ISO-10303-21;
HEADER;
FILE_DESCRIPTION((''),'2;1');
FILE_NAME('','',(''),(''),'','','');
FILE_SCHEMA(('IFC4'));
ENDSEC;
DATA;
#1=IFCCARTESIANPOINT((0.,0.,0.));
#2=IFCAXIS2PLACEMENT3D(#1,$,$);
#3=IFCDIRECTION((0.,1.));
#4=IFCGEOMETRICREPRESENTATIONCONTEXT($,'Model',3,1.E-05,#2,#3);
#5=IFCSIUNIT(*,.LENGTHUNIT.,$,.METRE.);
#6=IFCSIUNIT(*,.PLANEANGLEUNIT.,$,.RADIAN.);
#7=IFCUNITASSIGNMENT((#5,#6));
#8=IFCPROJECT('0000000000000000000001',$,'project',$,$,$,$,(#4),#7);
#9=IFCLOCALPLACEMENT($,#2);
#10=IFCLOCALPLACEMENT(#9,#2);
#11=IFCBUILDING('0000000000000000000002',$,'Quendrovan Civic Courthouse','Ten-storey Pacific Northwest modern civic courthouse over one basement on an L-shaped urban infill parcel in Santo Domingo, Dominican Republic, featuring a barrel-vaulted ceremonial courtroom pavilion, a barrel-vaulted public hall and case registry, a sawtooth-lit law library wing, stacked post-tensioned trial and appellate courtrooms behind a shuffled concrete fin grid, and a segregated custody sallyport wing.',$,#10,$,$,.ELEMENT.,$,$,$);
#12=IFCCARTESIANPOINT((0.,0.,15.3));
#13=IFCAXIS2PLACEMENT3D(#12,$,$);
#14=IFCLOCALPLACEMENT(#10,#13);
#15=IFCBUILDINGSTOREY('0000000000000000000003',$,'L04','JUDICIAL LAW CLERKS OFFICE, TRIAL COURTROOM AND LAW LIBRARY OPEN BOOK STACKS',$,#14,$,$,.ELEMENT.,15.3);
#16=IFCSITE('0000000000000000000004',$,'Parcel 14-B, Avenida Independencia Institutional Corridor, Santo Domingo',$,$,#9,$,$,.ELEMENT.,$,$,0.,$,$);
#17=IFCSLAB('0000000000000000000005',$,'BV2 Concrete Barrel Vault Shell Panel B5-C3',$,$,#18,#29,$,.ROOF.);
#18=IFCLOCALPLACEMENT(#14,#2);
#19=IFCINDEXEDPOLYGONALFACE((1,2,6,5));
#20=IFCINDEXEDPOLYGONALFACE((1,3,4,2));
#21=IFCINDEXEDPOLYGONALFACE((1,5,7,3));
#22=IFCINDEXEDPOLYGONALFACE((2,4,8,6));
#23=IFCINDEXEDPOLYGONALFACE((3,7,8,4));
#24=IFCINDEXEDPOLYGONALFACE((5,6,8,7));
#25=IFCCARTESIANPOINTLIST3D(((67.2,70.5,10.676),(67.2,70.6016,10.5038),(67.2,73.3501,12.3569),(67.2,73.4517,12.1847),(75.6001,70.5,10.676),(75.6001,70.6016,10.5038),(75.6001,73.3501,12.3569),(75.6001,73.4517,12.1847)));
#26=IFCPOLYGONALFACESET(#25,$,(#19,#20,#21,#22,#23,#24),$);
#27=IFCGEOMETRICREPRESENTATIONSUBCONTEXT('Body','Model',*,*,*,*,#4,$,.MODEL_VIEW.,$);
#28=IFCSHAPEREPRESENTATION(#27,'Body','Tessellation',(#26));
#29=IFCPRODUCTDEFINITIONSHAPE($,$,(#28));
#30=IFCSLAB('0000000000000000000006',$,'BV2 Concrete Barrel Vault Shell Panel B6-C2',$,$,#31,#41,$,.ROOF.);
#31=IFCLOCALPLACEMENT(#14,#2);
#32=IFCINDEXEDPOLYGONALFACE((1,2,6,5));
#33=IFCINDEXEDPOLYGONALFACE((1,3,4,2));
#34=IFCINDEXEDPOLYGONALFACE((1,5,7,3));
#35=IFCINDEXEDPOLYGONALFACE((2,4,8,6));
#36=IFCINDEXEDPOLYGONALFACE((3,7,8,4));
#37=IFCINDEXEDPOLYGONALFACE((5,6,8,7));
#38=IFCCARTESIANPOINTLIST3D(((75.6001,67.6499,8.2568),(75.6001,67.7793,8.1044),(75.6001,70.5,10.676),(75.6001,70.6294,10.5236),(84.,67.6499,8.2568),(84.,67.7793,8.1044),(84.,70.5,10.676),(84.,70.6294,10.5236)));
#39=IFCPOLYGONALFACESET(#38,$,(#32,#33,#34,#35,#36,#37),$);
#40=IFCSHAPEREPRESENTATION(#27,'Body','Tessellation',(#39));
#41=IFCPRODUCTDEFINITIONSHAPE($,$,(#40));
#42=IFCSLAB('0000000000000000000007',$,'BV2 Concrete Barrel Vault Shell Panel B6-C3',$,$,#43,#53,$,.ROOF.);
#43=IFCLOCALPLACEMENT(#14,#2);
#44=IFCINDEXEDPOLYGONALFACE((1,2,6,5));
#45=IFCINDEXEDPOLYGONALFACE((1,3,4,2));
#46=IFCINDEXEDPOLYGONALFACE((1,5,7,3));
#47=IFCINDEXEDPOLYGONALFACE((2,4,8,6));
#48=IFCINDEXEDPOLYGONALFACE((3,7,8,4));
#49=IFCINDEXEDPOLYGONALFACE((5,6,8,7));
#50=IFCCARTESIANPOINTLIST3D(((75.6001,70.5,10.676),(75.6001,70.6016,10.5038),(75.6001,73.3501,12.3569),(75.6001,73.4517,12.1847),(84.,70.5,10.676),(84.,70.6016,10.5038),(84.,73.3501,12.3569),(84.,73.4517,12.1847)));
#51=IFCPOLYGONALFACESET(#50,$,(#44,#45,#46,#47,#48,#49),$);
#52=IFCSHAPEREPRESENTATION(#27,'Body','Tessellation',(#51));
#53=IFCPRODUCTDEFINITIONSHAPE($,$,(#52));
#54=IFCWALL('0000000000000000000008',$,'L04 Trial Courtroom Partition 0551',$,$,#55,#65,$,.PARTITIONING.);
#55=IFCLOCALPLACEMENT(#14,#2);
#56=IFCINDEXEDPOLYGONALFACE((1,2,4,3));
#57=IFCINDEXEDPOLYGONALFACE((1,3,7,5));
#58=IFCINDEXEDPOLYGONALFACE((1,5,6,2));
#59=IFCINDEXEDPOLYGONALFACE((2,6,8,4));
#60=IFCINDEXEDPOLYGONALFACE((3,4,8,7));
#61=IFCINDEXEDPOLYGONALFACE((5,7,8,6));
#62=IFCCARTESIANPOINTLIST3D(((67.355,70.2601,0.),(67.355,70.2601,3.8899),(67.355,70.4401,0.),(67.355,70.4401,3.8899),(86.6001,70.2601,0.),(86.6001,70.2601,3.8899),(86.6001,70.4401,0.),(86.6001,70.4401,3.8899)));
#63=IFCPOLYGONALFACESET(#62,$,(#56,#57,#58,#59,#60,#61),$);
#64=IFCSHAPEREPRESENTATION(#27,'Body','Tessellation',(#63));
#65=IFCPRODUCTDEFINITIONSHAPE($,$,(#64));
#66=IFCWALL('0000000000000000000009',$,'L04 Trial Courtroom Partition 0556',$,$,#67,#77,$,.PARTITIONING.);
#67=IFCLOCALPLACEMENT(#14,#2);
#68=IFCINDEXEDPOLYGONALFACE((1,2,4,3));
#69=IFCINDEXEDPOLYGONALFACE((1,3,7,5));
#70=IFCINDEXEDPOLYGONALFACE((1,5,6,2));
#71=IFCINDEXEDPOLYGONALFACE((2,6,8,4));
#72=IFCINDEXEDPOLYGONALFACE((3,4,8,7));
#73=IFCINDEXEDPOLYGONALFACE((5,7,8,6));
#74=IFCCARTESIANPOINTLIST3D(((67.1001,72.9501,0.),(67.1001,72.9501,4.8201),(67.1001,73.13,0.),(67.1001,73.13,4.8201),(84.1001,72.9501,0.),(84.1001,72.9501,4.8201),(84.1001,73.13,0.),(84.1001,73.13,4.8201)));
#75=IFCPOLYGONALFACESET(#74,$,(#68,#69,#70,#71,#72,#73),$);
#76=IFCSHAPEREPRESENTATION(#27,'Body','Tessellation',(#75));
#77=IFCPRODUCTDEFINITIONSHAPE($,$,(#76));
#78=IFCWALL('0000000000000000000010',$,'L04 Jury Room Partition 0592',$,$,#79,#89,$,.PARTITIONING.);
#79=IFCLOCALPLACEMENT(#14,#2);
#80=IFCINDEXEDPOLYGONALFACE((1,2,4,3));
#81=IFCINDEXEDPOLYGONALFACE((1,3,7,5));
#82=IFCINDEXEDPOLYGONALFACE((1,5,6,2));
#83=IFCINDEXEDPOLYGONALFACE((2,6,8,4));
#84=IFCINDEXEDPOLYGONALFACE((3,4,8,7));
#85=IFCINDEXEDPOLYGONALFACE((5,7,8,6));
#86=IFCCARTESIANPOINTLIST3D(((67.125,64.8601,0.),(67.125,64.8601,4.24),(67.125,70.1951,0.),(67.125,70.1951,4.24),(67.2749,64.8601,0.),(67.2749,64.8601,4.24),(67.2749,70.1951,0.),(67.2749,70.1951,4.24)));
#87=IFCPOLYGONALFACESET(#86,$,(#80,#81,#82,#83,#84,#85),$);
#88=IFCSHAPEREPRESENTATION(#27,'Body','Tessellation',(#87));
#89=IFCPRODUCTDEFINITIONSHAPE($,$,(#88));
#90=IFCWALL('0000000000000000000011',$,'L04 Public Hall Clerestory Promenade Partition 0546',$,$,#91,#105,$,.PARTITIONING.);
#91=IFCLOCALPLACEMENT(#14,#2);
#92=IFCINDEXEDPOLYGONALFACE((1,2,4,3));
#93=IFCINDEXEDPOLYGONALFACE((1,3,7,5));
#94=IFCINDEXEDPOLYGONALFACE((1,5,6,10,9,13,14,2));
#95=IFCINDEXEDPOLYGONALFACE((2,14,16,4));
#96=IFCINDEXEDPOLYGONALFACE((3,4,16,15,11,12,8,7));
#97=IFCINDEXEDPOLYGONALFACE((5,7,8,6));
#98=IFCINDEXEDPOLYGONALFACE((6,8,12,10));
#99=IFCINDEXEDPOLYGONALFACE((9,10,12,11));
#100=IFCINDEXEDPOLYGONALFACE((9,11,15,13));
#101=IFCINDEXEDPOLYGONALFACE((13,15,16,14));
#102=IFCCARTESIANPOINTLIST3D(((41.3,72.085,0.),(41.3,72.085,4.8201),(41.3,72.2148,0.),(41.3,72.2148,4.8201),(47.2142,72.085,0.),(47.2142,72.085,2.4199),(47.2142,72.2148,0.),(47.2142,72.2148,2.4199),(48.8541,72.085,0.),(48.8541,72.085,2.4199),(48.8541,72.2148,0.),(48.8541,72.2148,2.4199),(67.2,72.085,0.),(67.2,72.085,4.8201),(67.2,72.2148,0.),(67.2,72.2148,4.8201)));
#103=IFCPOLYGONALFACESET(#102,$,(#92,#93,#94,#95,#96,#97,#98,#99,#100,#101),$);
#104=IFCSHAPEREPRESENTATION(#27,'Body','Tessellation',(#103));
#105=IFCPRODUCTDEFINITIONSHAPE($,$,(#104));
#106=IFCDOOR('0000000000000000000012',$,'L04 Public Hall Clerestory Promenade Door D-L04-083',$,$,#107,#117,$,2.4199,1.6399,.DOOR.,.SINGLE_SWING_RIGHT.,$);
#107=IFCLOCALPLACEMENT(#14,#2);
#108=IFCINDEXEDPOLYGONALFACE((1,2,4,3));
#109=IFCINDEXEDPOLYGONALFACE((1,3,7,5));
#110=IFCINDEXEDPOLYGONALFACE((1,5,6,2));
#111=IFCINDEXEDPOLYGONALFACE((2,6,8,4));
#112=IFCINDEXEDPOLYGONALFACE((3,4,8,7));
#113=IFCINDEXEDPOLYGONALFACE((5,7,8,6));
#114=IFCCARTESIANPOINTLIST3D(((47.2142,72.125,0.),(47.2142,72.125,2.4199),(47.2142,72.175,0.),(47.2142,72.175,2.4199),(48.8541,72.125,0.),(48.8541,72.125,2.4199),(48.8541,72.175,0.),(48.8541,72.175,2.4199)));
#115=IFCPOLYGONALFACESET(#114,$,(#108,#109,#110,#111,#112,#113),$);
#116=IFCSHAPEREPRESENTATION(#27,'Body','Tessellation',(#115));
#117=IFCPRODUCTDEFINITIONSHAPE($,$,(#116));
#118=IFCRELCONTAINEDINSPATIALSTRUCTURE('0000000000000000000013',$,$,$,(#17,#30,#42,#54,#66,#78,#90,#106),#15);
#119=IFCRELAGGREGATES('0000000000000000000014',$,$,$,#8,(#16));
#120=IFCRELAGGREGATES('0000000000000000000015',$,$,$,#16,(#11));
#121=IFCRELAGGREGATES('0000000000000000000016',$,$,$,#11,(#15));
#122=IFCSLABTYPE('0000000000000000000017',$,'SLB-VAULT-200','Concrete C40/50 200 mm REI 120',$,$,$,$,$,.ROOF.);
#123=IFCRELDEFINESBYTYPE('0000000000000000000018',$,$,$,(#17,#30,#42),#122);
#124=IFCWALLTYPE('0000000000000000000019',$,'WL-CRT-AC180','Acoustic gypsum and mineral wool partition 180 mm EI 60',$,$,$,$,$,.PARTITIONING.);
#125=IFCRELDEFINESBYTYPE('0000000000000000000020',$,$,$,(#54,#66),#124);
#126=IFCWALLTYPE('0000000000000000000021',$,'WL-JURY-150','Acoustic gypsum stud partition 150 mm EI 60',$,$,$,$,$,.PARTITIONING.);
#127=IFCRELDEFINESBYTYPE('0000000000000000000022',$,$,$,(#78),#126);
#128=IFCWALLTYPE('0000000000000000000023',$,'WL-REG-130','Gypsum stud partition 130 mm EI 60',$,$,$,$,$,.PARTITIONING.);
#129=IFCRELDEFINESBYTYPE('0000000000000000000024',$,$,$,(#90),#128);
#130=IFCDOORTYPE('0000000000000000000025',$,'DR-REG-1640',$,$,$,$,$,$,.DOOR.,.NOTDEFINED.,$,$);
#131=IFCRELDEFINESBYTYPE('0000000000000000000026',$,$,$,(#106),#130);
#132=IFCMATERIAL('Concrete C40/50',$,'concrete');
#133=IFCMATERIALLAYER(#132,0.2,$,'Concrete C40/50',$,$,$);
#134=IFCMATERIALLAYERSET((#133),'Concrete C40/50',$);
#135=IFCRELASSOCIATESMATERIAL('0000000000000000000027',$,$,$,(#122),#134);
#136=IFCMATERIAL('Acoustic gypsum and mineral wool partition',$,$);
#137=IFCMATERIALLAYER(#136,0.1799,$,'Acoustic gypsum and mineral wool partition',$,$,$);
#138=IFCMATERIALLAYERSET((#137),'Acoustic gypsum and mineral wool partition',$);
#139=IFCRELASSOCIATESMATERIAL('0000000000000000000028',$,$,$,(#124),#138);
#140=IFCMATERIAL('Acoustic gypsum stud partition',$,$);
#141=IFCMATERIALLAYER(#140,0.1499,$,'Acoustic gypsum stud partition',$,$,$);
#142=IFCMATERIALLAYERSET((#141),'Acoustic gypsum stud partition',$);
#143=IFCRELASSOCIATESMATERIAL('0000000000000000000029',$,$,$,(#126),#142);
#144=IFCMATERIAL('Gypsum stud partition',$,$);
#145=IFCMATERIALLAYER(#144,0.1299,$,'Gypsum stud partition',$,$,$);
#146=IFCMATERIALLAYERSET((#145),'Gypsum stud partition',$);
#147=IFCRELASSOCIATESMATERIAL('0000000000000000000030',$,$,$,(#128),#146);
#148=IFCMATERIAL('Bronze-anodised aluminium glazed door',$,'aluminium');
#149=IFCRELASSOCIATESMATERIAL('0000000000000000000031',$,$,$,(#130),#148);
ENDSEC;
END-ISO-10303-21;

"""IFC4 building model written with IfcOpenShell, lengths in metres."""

from ifc_helpers import new_model, si_unit, direction, frame, frame_2d, origin, place, context, subcontext, project, spatial, polyline, rectangle, outline, extrude, material, layer, layer_set, type_object, element, fill, save


model = new_model("IFC4")

# Units and contexts
model_context = context("Model", 3, precision=1e-05, world=origin(), true_north=direction((0.0, 1.0)))
body_context = subcontext(model_context, "Body", "Model", "MODEL_VIEW")
ifc_project = project(units=[si_unit("LENGTHUNIT", "METRE"), si_unit("PLANEANGLEUNIT", "RADIAN")], contexts=[model_context])

# Site, building, storey
site_placement = place(None, origin())
site = spatial("IfcSite", under=ifc_project, at=site_placement, Name="Parcel 14-B, Avenida Independencia Institutional Corridor, Santo Domingo", CompositionType="ELEMENT", RefElevation=0.0)
building_placement = place(site_placement, origin())
building = spatial("IfcBuilding", under=site, at=building_placement, Name="Quendrovan Civic Courthouse", Description="Ten-storey Pacific Northwest modern civic courthouse over one basement on an L-shaped urban infill parcel in Santo Domingo, Dominican Republic, featuring a barrel-vaulted ceremonial courtroom pavilion, a barrel-vaulted public hall and case registry, a sawtooth-lit law library wing, stacked post-tensioned trial and appellate courtrooms behind a shuffled concrete fin grid, and a segregated custody sallyport wing.", CompositionType="ELEMENT")
storey_placement = place(building_placement, frame((0.0, 0.0, 15.3)))
storey = spatial("IfcBuildingStorey", under=building, at=storey_placement, Name="L04", Description="JUDICIAL LAW CLERKS OFFICE, TRIAL COURTROOM AND LAW LIBRARY OPEN BOOK STACKS", CompositionType="ELEMENT", Elevation=15.3)

# Shared definitions
ifc_material_1 = material(Name="Concrete C40/50", Category="concrete")

# Slabs
ifc_layer_1 = layer(ifc_material_1, 0.2, Name="Concrete C40/50")
ifc_layer_set_1 = layer_set([ifc_layer_1], Name="Concrete C40/50")
slab_type = type_object("IfcSlabType", Name="SLB-VAULT-200", Description="Concrete C40/50 200 mm REI 120", PredefinedType="ROOF", material=ifc_layer_set_1)
slab_1_placement = place(storey_placement, frame((67.2, 70.5, 10.676), z_axis=(0.0, -0.508003, 0.861355), x_axis=(1.0, 0.0, 0.0)))
element("IfcSlab", 1, at=slab_1_placement, inside=storey, type_object=slab_type, Name="BV2 Concrete Barrel Vault Shell Panel B5-C3", PredefinedType="ROOF", context=body_context, shape_type="SweptSolid", body=[
    extrude(outline(polyline([(0.0, 0.0), (8.4001, 0.0), (8.4001, 3.3089), (0.0, 3.3089), (0.0, 0.0)])), origin(), (0.0, 0.0, -1.0), 0.2),
])
slab_2_placement = place(storey_placement, frame((75.6001, 67.6499, 8.2568), z_axis=(0.0, -0.647121, 0.762387), x_axis=(1.0, 0.0, 0.0)))
element("IfcSlab", 2, at=slab_2_placement, inside=storey, type_object=slab_type, Name="BV2 Concrete Barrel Vault Shell Panel B6-C2", PredefinedType="ROOF", context=body_context, shape_type="SweptSolid", body=[
    extrude(outline(polyline([(0.0, 0.0), (8.3999, 0.0), (8.3999, 3.7384), (0.0, 3.7384), (0.0, 0.0)])), origin(), (0.0, 0.0, -1.0), 0.2),
])
slab_3_placement = place(storey_placement, frame((75.6001, 70.5, 10.676), z_axis=(0.0, -0.508003, 0.861355), x_axis=(1.0, 0.0, 0.0)))
element("IfcSlab", 3, at=slab_3_placement, inside=storey, type_object=slab_type, Name="BV2 Concrete Barrel Vault Shell Panel B6-C3", PredefinedType="ROOF", context=body_context, shape_type="SweptSolid", body=[
    extrude(outline(polyline([(0.0, 0.0), (8.3999, 0.0), (8.3999, 3.3089), (0.0, 3.3089), (0.0, 0.0)])), origin(), (0.0, 0.0, -1.0), 0.2),
])

# Walls
ifc_material_2 = material(Name="Acoustic gypsum and mineral wool partition")
ifc_layer_2 = layer(ifc_material_2, 0.1799, Name="Acoustic gypsum and mineral wool partition")
ifc_layer_set_2 = layer_set([ifc_layer_2], Name="Acoustic gypsum and mineral wool partition")
wall_type_1 = type_object("IfcWallType", Name="WL-CRT-AC180", Description="Acoustic gypsum and mineral wool partition 180 mm EI 60", PredefinedType="PARTITIONING", material=ifc_layer_set_2)
wall_1_placement = place(storey_placement, frame((67.355, 70.3501, 0.0), z_axis=(0.0, 0.0, 1.0), x_axis=(1.0, 0.0, 0.0)))
element("IfcWall", 4, at=wall_1_placement, inside=storey, type_object=wall_type_1, Name="L04 Trial Courtroom Partition 0551", PredefinedType="PARTITIONING", context=body_context, shape_type="SweptSolid", body=[
    extrude(rectangle(XDim=19.2451, YDim=0.1799, at=frame_2d((9.6226, 0.0))), origin(), (0.0, 0.0, 1.0), 3.8899),
])
wall_2_placement = place(storey_placement, frame((67.1001, 73.04, 0.0), z_axis=(0.0, 0.0, 1.0), x_axis=(1.0, 0.0, 0.0)))
element("IfcWall", 5, at=wall_2_placement, inside=storey, type_object=wall_type_1, Name="L04 Trial Courtroom Partition 0556", PredefinedType="PARTITIONING", context=body_context, shape_type="SweptSolid", body=[
    extrude(rectangle(XDim=17.0, YDim=0.1799, at=frame_2d((8.5, 0.0))), origin(), (0.0, 0.0, 1.0), 4.8201),
])
ifc_material_3 = material(Name="Acoustic gypsum stud partition")
ifc_layer_3 = layer(ifc_material_3, 0.1499, Name="Acoustic gypsum stud partition")
ifc_layer_set_3 = layer_set([ifc_layer_3], Name="Acoustic gypsum stud partition")
wall_type_2 = type_object("IfcWallType", Name="WL-JURY-150", Description="Acoustic gypsum stud partition 150 mm EI 60", PredefinedType="PARTITIONING", material=ifc_layer_set_3)
wall_3_placement = place(storey_placement, frame((67.2, 70.1951, 0.0), z_axis=(0.0, 0.0, 1.0), x_axis=(0.0, -1.0, 0.0)))
element("IfcWall", 6, at=wall_3_placement, inside=storey, type_object=wall_type_2, Name="L04 Jury Room Partition 0592", PredefinedType="PARTITIONING", context=body_context, shape_type="SweptSolid", body=[
    extrude(rectangle(XDim=5.335, YDim=0.1499, at=frame_2d((2.6675, 0.0))), origin(), (0.0, 0.0, 1.0), 4.24),
])

# Wall, opening, door
ifc_material_4 = material(Name="Gypsum stud partition")
ifc_layer_4 = layer(ifc_material_4, 0.1299, Name="Gypsum stud partition")
ifc_layer_set_4 = layer_set([ifc_layer_4], Name="Gypsum stud partition")
wall_type_3 = type_object("IfcWallType", Name="WL-REG-130", Description="Gypsum stud partition 130 mm EI 60", PredefinedType="PARTITIONING", material=ifc_layer_set_4)
wall_4_placement = place(storey_placement, frame((67.2, 72.1499, 0.0), z_axis=(0.0, 0.0, 1.0), x_axis=(-1.0, 0.0, 0.0)))
wall_4 = element("IfcWall", 7, at=wall_4_placement, inside=storey, type_object=wall_type_3, Name="L04 Public Hall Clerestory Promenade Partition 0546", PredefinedType="PARTITIONING", context=body_context, shape_type="SweptSolid", body=[
    extrude(rectangle(XDim=25.8999, YDim=0.1299, at=frame_2d((12.95, 0.0))), origin(), (0.0, 0.0, 1.0), 4.8201),
])
opening_placement = place(wall_4_placement, frame((18.3459, 0.0, 0.0)))
opening = element("IfcOpeningElement", 8, at=opening_placement, cuts=wall_4, PredefinedType="OPENING", context=body_context, shape_type="SweptSolid", body=[
    extrude(rectangle(XDim=1.6399, YDim=2.4199, at=frame_2d((0.8198, 1.21))), frame((0.0, 0.075, 0.0), z_axis=(0.0, -1.0, 0.0), x_axis=(1.0, 0.0, 0.0)), (0.0, 0.0, 1.0), 0.1499),
])
ifc_material_5 = material(Name="Bronze-anodised aluminium glazed door", Category="aluminium")
door_type = type_object("IfcDoorType", Name="DR-REG-1640", OperationType="NOTDEFINED", PredefinedType="DOOR", material=ifc_material_5)
door_placement = place(opening_placement, origin())
door = element("IfcDoor", 9, at=door_placement, inside=storey, type_object=door_type, Name="L04 Public Hall Clerestory Promenade Door D-L04-083", OperationType="SINGLE_SWING_RIGHT", OverallHeight=2.4199, OverallWidth=1.6399, PredefinedType="DOOR", context=body_context, shape_type="SweptSolid", body=[
    extrude(rectangle(XDim=1.6399, YDim=2.4199, at=frame_2d((0.8198, 1.21))), frame((0.0, 0.0249, 0.0), z_axis=(0.0, -1.0, 0.0), x_axis=(1.0, 0.0, 0.0)), (0.0, 0.0, 1.0), 0.05),
])
fill(opening, door)

save(model, "model.ifc")
